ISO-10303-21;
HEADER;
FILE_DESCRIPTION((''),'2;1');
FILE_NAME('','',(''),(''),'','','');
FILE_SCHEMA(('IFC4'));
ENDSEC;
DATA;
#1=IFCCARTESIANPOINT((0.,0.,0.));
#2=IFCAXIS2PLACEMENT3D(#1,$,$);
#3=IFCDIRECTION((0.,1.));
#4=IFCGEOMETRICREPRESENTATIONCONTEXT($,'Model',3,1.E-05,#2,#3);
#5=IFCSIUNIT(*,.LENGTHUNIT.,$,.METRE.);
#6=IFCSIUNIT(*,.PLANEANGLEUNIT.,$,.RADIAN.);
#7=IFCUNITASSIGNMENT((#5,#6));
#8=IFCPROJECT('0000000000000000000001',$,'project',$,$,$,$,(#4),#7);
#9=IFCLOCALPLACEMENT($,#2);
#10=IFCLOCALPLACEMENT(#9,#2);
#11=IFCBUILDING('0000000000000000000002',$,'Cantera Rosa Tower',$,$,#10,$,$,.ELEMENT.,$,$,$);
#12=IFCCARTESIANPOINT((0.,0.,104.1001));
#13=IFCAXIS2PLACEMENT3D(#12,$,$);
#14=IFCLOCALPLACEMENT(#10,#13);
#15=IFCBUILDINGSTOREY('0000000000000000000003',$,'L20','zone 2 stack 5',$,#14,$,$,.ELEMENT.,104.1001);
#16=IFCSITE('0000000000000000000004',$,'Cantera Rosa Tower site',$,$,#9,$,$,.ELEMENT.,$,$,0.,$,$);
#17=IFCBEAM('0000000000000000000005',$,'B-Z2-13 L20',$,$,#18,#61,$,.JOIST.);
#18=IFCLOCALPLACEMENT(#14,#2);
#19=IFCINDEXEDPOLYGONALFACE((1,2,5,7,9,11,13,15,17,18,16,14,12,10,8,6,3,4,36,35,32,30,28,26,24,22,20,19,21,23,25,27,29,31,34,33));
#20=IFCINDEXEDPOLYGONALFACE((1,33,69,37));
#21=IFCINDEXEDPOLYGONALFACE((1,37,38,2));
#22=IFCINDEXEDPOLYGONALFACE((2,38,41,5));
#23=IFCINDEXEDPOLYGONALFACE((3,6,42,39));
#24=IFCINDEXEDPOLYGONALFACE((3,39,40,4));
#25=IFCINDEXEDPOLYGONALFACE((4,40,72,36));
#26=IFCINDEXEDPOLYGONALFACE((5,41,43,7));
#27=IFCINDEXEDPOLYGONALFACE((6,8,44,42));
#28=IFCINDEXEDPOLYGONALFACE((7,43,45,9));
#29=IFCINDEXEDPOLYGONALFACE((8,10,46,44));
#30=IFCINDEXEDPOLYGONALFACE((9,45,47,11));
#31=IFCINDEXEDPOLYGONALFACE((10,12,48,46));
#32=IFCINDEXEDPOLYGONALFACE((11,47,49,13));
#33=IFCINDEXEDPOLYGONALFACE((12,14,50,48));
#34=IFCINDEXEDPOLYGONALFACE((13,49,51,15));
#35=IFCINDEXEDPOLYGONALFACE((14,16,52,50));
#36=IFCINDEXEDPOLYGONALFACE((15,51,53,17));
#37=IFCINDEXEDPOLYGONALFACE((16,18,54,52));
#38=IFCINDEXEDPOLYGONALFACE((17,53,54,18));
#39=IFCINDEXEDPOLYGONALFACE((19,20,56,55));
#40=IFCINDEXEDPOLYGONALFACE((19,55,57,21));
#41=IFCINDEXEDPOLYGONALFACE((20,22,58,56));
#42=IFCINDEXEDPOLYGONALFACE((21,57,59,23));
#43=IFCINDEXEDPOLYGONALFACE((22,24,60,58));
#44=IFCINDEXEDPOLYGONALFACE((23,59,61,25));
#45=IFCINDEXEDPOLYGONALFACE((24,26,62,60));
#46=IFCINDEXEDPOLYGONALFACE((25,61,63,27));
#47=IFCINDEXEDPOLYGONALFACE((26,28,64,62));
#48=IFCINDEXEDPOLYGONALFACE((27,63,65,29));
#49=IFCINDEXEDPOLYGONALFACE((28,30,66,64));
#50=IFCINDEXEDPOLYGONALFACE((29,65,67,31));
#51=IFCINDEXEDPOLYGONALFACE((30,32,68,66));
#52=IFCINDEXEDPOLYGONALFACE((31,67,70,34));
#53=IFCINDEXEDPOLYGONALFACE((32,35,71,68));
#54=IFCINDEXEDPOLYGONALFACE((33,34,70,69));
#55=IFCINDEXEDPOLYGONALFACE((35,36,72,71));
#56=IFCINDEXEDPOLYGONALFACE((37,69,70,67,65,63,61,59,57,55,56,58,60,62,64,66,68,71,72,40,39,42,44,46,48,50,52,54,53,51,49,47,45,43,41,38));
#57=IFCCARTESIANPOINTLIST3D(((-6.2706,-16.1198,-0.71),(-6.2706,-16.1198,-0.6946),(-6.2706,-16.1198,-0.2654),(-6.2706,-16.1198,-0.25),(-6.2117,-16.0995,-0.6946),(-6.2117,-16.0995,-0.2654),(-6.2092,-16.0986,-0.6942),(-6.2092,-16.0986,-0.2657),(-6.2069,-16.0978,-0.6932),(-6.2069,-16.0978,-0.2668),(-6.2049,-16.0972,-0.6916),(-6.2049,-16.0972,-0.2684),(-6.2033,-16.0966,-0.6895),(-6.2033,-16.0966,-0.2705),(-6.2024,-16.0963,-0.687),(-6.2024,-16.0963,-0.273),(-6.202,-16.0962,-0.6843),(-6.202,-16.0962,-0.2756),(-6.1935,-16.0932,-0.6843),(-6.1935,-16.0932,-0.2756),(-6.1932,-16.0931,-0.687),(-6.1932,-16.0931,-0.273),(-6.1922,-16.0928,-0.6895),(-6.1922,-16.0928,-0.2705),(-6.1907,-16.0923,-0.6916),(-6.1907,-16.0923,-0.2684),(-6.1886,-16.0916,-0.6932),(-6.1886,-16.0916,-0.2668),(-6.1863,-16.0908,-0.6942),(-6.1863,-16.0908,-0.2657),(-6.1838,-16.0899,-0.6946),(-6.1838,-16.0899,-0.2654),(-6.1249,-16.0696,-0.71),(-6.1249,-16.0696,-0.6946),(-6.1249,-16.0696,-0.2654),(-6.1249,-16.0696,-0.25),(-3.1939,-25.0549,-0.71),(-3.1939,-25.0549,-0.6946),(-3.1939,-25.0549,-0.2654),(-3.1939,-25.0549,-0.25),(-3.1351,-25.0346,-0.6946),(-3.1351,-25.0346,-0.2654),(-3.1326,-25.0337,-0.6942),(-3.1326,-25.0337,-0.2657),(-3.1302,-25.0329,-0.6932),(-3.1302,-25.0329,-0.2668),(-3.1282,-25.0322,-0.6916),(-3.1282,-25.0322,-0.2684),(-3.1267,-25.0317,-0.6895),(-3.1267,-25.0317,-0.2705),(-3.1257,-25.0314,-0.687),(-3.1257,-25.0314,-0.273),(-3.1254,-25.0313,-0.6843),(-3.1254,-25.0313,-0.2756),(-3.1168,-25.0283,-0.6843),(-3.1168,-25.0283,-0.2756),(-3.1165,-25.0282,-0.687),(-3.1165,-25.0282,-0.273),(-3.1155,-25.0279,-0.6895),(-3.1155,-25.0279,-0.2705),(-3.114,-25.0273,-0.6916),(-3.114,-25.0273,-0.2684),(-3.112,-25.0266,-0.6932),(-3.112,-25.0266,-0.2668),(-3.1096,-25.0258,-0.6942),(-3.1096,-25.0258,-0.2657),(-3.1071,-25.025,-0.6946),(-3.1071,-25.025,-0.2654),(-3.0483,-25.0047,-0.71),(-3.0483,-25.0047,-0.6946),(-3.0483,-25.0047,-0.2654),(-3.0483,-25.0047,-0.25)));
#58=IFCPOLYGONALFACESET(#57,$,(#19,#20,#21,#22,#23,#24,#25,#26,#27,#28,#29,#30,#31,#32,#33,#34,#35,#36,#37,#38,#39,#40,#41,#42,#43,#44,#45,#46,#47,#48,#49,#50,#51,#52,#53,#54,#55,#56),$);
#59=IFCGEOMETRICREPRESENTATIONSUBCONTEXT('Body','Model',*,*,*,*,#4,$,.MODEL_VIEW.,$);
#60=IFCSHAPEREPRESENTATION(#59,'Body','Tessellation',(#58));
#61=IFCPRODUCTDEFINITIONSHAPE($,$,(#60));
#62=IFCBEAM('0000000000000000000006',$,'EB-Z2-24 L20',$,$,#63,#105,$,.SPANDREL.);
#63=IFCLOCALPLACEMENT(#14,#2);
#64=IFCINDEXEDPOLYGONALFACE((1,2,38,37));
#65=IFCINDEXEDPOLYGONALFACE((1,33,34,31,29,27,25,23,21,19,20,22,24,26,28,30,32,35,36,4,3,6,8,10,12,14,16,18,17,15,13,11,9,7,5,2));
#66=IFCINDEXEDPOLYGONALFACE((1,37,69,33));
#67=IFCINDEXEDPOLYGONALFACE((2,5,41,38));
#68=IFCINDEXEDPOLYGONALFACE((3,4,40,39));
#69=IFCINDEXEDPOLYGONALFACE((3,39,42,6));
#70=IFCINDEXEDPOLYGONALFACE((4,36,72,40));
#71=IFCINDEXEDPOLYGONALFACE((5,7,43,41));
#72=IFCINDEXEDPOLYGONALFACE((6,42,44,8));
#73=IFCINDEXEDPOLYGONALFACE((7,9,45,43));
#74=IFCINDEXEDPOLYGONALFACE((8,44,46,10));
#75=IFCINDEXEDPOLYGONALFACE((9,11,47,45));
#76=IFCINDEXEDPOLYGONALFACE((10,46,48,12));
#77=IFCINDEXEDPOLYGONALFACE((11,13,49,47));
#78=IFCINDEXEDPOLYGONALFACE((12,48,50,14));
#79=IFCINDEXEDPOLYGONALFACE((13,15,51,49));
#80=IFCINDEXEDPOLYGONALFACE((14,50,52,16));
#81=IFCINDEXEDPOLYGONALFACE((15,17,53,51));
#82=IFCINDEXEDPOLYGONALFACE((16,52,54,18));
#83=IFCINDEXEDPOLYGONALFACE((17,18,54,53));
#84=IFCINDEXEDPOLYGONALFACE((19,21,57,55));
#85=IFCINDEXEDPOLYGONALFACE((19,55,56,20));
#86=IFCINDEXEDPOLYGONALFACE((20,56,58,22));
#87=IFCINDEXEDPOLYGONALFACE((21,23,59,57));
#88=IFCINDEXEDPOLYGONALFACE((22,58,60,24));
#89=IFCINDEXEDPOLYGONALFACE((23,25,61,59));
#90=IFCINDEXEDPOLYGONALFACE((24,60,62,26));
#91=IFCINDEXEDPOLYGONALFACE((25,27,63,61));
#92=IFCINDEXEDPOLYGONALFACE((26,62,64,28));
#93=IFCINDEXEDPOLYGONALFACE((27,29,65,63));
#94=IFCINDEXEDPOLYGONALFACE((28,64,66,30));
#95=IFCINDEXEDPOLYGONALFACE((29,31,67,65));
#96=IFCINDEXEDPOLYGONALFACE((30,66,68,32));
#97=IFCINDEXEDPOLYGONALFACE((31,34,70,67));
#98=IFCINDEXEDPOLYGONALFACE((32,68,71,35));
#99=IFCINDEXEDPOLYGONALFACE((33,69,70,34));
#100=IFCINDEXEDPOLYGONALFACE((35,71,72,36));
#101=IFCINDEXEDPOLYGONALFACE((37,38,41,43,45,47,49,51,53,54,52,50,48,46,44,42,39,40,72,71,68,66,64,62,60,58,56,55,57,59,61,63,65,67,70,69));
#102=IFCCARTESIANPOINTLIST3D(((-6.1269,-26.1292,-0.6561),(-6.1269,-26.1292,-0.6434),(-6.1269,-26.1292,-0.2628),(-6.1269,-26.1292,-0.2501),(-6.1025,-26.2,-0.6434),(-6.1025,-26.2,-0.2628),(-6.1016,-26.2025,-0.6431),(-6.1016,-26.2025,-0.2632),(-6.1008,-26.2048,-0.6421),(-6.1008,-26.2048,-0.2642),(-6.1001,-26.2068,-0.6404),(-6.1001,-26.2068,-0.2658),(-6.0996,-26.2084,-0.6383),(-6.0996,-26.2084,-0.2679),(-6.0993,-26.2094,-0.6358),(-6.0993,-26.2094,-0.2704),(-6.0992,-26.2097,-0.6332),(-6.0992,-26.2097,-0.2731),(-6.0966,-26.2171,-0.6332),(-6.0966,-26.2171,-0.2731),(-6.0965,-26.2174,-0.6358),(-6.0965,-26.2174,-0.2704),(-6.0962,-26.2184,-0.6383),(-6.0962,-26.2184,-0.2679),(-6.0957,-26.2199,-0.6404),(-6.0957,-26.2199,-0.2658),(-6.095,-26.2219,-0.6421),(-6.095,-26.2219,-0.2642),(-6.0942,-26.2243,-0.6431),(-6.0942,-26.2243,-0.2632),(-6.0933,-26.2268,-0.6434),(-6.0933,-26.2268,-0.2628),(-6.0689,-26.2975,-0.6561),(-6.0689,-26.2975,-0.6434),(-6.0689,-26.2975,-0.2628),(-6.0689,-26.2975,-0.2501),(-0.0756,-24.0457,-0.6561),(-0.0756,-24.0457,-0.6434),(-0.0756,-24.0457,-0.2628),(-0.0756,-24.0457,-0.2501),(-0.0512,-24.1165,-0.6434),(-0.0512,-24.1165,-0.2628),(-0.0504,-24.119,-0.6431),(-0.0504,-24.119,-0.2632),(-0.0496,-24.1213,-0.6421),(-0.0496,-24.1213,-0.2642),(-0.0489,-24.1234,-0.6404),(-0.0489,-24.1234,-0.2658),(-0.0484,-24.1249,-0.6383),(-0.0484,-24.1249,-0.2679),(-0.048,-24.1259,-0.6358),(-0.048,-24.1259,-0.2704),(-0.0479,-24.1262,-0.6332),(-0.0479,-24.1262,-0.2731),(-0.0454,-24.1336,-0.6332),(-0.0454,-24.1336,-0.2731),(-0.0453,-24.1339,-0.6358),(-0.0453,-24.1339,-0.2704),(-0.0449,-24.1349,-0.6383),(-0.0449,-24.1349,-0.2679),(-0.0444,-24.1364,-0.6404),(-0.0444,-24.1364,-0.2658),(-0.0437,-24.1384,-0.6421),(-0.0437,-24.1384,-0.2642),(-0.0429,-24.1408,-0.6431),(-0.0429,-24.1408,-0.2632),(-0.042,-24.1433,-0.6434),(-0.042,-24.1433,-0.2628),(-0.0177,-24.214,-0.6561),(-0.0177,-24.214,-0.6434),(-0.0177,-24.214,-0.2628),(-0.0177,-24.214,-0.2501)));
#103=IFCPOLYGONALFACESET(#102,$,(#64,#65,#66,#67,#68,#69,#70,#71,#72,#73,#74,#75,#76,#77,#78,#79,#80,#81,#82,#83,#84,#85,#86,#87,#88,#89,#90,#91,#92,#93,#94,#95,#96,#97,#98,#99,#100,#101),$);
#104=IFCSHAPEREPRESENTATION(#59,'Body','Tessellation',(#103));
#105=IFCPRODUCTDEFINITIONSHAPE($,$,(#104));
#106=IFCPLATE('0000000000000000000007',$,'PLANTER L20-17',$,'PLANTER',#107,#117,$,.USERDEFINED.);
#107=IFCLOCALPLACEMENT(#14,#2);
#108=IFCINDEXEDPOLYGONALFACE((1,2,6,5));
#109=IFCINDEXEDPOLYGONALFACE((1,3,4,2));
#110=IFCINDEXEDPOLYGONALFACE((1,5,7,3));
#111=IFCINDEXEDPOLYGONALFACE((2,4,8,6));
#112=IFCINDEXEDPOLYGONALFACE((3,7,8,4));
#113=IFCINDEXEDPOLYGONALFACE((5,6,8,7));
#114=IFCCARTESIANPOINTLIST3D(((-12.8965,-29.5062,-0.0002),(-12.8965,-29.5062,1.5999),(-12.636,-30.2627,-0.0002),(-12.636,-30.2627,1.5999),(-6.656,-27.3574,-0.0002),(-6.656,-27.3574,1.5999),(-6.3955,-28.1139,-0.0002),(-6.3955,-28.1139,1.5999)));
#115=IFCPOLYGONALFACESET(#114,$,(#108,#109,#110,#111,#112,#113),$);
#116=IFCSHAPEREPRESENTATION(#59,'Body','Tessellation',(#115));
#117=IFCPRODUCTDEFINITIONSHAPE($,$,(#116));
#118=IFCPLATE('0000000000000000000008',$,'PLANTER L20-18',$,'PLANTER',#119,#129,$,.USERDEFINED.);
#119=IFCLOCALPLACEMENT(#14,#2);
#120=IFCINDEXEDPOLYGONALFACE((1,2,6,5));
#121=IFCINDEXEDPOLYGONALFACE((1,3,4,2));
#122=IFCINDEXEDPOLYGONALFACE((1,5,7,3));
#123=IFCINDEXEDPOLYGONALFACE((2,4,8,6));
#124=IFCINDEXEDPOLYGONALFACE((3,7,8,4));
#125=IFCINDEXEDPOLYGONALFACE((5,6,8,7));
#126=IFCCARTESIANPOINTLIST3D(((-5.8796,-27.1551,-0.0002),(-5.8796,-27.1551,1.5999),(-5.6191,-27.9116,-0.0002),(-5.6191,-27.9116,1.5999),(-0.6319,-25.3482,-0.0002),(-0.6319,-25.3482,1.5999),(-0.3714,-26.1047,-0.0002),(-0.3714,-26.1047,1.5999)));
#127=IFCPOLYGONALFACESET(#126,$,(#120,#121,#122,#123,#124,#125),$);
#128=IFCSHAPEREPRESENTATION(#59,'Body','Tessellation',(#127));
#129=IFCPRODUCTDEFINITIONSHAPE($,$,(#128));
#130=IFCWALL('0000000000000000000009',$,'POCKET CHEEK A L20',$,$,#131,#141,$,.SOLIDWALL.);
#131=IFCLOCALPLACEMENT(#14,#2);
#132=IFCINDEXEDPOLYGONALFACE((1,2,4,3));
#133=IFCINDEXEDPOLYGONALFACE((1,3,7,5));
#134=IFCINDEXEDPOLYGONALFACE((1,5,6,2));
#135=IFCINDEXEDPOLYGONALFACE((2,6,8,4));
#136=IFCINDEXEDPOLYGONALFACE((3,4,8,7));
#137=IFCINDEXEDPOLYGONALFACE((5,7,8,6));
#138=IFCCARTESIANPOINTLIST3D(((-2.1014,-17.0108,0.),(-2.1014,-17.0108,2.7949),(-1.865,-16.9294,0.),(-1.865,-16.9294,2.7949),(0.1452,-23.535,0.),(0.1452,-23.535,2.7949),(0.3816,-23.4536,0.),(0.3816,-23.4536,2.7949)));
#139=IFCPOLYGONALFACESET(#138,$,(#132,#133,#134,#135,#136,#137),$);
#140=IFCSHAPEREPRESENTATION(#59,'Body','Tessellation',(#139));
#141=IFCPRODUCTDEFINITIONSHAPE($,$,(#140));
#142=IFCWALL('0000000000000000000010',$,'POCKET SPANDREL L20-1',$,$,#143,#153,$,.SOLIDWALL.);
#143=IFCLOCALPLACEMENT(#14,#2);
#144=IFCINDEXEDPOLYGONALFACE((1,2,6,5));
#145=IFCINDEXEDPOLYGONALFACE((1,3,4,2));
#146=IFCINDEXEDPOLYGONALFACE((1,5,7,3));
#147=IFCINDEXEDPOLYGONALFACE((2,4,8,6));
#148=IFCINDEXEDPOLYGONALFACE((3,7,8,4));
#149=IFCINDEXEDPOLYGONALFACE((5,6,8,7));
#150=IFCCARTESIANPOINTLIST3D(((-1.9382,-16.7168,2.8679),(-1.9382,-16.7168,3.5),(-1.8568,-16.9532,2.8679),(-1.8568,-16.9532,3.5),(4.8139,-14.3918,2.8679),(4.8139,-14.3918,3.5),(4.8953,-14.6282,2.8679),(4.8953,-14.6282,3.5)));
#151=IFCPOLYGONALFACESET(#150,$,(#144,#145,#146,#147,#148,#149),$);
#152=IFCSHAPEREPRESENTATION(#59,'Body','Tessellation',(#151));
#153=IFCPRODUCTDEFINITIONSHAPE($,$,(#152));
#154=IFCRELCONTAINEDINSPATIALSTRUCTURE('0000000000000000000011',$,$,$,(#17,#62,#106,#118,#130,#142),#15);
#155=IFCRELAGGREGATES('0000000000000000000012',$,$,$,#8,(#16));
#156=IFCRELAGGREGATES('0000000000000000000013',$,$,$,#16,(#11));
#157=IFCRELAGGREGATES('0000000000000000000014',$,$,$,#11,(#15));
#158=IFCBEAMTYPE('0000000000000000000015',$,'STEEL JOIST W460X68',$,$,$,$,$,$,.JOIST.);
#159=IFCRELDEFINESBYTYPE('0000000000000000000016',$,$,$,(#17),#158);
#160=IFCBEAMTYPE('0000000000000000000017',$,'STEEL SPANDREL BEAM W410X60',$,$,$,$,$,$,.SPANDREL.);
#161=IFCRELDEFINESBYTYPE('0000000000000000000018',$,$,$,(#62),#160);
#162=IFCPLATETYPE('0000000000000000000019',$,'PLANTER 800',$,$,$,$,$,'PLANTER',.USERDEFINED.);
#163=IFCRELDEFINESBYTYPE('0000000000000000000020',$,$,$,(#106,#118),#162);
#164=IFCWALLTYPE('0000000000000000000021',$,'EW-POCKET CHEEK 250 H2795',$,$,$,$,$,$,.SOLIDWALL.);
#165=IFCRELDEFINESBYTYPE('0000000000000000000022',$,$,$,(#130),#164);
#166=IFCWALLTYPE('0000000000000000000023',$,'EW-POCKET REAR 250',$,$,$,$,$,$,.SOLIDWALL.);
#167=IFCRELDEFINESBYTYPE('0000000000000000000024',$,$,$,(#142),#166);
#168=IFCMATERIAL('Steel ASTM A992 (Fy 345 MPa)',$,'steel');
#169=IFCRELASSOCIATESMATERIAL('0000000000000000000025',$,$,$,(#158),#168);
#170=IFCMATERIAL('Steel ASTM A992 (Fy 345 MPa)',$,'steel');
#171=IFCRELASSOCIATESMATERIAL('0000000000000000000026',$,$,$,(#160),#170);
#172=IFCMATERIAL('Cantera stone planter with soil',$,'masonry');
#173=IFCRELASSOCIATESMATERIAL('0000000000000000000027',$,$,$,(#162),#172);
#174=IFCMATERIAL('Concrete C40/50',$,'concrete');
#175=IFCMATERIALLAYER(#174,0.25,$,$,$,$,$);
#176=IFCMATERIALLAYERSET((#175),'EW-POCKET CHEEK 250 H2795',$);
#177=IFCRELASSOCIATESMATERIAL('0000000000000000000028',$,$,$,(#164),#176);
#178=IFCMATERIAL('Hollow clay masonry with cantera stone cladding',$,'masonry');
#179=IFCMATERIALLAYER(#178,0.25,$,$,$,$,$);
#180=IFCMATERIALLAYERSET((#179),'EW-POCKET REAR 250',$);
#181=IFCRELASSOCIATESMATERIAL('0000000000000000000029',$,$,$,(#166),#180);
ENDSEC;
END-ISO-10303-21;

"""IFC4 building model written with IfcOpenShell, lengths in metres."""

from ifc_helpers import new_model, si_unit, direction, frame, frame_2d, origin, origin_2d, place, context, subcontext, project, spatial, rectangle, i_section, extrude, material, layer, layer_set, material_profile, profile_set, type_object, element, save


model = new_model("IFC4")

# Units and contexts
model_context = context("Model", 3, precision=1e-05, world=origin(), true_north=direction((0.0, 1.0)))
body_context = subcontext(model_context, "Body", "Model", "MODEL_VIEW")
ifc_project = project(units=[si_unit("LENGTHUNIT", "METRE"), si_unit("PLANEANGLEUNIT", "RADIAN")], contexts=[model_context])

# Site, building, storey
site_placement = place(None, origin())
site = spatial("IfcSite", under=ifc_project, at=site_placement, Name="Cantera Rosa Tower site", CompositionType="ELEMENT", RefElevation=0.0)
building_placement = place(site_placement, origin())
building = spatial("IfcBuilding", under=site, at=building_placement, Name="Cantera Rosa Tower", CompositionType="ELEMENT")
storey_placement = place(building_placement, frame((0.0, 0.0, 104.1001)))
storey = spatial("IfcBuildingStorey", under=building, at=storey_placement, Name="L20", Description="zone 2 stack 5", CompositionType="ELEMENT", Elevation=104.1001)

# Beams
ifc_material_1 = material(Name="Steel ASTM A992 (Fy 345 MPa)", Category="steel")
ifc_material_profile_1 = material_profile(ifc_material_1, i_section(OverallWidth=0.1541, OverallDepth=0.46, WebThickness=0.009, FlangeThickness=0.0154, FilletRadius=0.0103, at=origin_2d()), Name="W460X68")
ifc_profile_set_1 = profile_set([ifc_material_profile_1], Name="Steel ASTM A992 (Fy 345 MPa)")
beam_type_1 = type_object("IfcBeamType", Name="STEEL JOIST W460X68", PredefinedType="JOIST", material=ifc_profile_set_1)
beam_1_placement = place(storey_placement, frame((-3.1211, -25.0298, -0.48), z_axis=(-0.325575, 0.945516, 0.0), x_axis=(-0.945516, -0.325575, 0.0)))
element("IfcBeam", 1, at=beam_1_placement, inside=storey, type_object=beam_type_1, Name="B-Z2-13 L20", PredefinedType="JOIST", context=body_context, shape_type="SweptSolid", body=[
    extrude(i_section(OverallWidth=0.1541, OverallDepth=0.46, WebThickness=0.009, FlangeThickness=0.0154, FilletRadius=0.0103, at=origin_2d()), origin(), (0.0, 0.0, 1.0), 9.45),
])
ifc_material_2 = material(Name="Steel ASTM A992 (Fy 345 MPa)", Category="steel")
ifc_material_profile_2 = material_profile(ifc_material_2, i_section(OverallWidth=0.178, OverallDepth=0.406, WebThickness=0.0078, FlangeThickness=0.0127, FilletRadius=0.0103, at=origin_2d()), Name="W410X60")
ifc_profile_set_2 = profile_set([ifc_material_profile_2], Name="Steel ASTM A992 (Fy 345 MPa)")
beam_type_2 = type_object("IfcBeamType", Name="STEEL SPANDREL BEAM W410X60", PredefinedType="SPANDREL", material=ifc_profile_set_2)
beam_2_placement = place(storey_placement, frame((-6.0979, -26.2134, -0.4531), z_axis=(0.945524, 0.325551, 0.0), x_axis=(-0.325551, 0.945524, 0.0)))
element("IfcBeam", 2, at=beam_2_placement, inside=storey, type_object=beam_type_2, Name="EB-Z2-24 L20", PredefinedType="SPANDREL", context=body_context, shape_type="SweptSolid", body=[
    extrude(i_section(OverallWidth=0.178, OverallDepth=0.406, WebThickness=0.0078, FlangeThickness=0.0127, FilletRadius=0.0103, at=origin_2d()), origin(), (0.0, 0.0, 1.0), 6.3999),
])

# Plates
ifc_material_3 = material(Name="Cantera stone planter with soil", Category="masonry")
plate_type = type_object("IfcPlateType", Name="PLANTER 800", ElementType="PLANTER", PredefinedType="USERDEFINED", material=ifc_material_3)
plate_1_placement = place(storey_placement, frame((-9.646, -28.8101, -0.0002), z_axis=(0.0, 0.0, 1.0), x_axis=(0.945519, 0.325568, 0.0)))
element("IfcPlate", 3, at=plate_1_placement, inside=storey, type_object=plate_type, Name="PLANTER L20-17", ObjectType="PLANTER", PredefinedType="USERDEFINED", context=body_context, shape_type="SweptSolid", body=[
    extrude(rectangle(XDim=6.6001, YDim=0.8, at=origin_2d()), origin(), (0.0, 0.0, 1.0), 1.6001),
])
plate_2_placement = place(storey_placement, frame((-3.1255, -26.6299, -0.0002), z_axis=(0.0, 0.0, 1.0), x_axis=(0.945519, 0.325568, 0.0)))
element("IfcPlate", 4, at=plate_2_placement, inside=storey, type_object=plate_type, Name="PLANTER L20-18", ObjectType="PLANTER", PredefinedType="USERDEFINED", context=body_context, shape_type="SweptSolid", body=[
    extrude(rectangle(XDim=5.55, YDim=0.8, at=origin_2d()), origin(), (0.0, 0.0, 1.0), 1.6001),
])

# Walls
ifc_material_4 = material(Name="Concrete C40/50", Category="concrete")
ifc_layer_1 = layer(ifc_material_4, 0.25)
ifc_layer_set_1 = layer_set([ifc_layer_1], Name="EW-POCKET CHEEK 250 H2795")
wall_type_1 = type_object("IfcWallType", Name="EW-POCKET CHEEK 250 H2795", PredefinedType="SOLIDWALL", material=ifc_layer_set_1)
wall_1_placement = place(storey_placement, frame((0.2634, -23.4944, 0.0), z_axis=(0.0, 0.0, 1.0), x_axis=(-0.325585, 0.945513, 0.0)))
element("IfcWall", 5, at=wall_1_placement, inside=storey, type_object=wall_type_1, Name="POCKET CHEEK A L20", PredefinedType="SOLIDWALL", context=body_context, shape_type="SweptSolid", body=[
    extrude(rectangle(XDim=6.9001, YDim=0.25, at=frame_2d((3.4502, 0.0))), origin(), (0.0, 0.0, 1.0), 2.7949),
])
ifc_material_5 = material(Name="Hollow clay masonry with cantera stone cladding", Category="masonry")
ifc_layer_2 = layer(ifc_material_5, 0.25)
ifc_layer_set_2 = layer_set([ifc_layer_2], Name="EW-POCKET REAR 250")
wall_type_2 = type_object("IfcWallType", Name="EW-POCKET REAR 250", PredefinedType="SOLIDWALL", material=ifc_layer_set_2)
wall_2_placement = place(storey_placement, frame((-1.8975, -16.835, 2.8679), z_axis=(0.0, 0.0, 1.0), x_axis=(0.945516, 0.325577, 0.0)))
element("IfcWall", 6, at=wall_2_placement, inside=storey, type_object=wall_type_2, Name="POCKET SPANDREL L20-1", PredefinedType="SOLIDWALL", context=body_context, shape_type="SweptSolid", body=[
    extrude(rectangle(XDim=7.1411, YDim=0.25, at=frame_2d((3.5706, 0.0))), origin(), (0.0, 0.0, 1.0), 0.6321),
])

save(model, "model.ifc")
